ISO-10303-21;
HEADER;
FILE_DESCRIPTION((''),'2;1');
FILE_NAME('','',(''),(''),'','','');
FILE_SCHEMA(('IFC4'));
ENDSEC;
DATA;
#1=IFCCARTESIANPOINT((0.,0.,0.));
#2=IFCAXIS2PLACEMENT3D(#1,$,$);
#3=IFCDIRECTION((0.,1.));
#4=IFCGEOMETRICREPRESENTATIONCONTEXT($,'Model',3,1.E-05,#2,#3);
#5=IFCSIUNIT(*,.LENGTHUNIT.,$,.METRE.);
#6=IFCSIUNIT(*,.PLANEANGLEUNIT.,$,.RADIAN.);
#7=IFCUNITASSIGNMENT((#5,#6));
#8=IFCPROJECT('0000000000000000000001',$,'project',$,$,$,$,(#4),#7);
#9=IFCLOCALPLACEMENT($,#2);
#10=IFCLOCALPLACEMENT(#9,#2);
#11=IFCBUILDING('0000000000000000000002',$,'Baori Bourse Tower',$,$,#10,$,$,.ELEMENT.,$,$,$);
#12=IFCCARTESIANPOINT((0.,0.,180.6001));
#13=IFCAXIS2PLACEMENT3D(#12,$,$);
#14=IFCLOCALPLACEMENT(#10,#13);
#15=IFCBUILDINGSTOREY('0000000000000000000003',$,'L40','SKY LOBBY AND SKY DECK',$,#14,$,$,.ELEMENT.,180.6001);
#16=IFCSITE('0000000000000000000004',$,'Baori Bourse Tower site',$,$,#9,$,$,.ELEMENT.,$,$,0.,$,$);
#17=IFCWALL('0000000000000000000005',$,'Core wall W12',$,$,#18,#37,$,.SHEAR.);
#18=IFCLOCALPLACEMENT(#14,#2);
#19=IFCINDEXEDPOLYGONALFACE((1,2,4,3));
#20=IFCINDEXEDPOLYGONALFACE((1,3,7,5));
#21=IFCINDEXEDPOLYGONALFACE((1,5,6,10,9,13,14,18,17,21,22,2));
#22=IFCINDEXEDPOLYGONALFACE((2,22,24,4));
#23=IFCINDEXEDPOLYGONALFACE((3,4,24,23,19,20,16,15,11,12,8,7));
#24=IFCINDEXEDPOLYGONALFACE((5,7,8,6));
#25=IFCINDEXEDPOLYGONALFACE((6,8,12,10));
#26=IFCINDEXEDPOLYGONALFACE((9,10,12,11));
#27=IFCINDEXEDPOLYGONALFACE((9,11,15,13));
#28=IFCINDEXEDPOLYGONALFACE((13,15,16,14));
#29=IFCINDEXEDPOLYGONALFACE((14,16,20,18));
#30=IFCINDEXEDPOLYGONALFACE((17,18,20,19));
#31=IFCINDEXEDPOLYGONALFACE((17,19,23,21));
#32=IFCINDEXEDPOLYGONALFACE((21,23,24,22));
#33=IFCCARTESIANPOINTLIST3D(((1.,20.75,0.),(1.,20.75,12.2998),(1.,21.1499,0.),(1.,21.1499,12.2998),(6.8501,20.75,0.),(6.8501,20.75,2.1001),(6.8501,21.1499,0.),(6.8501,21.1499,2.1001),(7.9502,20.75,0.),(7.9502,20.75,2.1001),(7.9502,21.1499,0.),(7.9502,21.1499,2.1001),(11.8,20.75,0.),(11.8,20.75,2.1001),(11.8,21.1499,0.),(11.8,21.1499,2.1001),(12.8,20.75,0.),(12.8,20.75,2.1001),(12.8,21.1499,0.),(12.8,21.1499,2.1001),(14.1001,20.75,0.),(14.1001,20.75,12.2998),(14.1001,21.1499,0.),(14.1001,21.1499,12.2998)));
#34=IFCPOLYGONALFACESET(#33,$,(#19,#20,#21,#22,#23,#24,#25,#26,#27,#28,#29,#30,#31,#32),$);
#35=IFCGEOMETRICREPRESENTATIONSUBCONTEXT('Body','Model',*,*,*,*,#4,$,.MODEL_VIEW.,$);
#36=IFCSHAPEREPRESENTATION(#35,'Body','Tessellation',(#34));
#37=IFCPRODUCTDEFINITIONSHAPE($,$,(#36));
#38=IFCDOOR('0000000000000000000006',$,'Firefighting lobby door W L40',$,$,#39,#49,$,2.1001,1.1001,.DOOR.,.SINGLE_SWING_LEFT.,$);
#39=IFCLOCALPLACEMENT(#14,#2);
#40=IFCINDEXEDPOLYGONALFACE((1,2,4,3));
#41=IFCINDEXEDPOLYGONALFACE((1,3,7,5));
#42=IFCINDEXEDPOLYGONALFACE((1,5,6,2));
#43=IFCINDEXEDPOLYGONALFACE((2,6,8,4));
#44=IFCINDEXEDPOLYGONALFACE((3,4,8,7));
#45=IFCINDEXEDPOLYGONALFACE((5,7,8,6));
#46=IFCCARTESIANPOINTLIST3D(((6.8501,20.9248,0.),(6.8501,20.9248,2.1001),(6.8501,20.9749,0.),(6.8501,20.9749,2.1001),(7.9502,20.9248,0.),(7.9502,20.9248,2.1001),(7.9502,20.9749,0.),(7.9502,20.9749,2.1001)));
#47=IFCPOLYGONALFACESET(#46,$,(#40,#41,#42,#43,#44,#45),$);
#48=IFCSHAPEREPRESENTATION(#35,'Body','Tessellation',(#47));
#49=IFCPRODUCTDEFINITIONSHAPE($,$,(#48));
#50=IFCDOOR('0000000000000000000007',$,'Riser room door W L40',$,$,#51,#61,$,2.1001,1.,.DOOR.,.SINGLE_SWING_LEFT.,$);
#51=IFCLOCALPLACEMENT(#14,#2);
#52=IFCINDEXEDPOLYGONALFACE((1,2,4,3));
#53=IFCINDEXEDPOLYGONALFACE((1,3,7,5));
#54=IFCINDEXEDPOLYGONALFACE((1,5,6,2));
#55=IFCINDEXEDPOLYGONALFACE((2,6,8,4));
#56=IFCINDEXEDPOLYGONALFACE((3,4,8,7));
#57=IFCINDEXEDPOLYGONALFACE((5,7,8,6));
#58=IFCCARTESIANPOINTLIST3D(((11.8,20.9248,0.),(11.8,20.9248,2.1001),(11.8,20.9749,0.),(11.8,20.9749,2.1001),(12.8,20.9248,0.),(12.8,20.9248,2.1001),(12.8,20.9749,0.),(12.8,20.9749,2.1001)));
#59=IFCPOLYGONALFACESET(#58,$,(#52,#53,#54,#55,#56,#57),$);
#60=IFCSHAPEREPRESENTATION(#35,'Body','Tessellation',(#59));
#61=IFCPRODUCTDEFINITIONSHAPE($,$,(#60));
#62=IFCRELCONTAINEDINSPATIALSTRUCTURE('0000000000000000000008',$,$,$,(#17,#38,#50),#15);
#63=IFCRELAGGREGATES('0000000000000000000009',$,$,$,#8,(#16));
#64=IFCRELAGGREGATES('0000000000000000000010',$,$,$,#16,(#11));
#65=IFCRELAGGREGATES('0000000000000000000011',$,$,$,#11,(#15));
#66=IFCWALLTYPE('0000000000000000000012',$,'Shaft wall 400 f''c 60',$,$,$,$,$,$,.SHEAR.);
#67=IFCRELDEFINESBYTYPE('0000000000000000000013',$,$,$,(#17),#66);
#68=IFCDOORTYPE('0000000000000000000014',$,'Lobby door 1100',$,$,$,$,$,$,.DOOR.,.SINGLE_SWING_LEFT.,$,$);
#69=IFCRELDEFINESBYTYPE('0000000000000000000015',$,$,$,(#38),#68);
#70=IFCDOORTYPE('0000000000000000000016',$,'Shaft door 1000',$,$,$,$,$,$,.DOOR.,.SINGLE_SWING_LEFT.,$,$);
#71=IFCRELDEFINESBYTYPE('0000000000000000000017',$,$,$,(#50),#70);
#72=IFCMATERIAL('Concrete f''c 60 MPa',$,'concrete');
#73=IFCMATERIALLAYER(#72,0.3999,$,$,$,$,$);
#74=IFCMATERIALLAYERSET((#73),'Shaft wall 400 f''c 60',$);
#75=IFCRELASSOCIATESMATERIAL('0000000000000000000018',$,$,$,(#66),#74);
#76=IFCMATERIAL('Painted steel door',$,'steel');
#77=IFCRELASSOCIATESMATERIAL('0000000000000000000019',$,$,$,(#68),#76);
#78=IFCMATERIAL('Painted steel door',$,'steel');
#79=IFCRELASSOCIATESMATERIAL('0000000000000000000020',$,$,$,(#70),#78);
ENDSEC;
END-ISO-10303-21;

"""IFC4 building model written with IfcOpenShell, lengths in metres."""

from ifc_helpers import new_model, si_unit, direction, frame, frame_2d, origin, place, context, subcontext, project, spatial, rectangle, extrude, material, layer, layer_set, type_object, element, fill, save


model = new_model("IFC4")

# Units and contexts
model_context = context("Model", 3, precision=1e-05, world=origin(), true_north=direction((0.0, 1.0)))
body_context = subcontext(model_context, "Body", "Model", "MODEL_VIEW")
ifc_project = project(units=[si_unit("LENGTHUNIT", "METRE"), si_unit("PLANEANGLEUNIT", "RADIAN")], contexts=[model_context])

# Site, building, storey
site_placement = place(None, origin())
site = spatial("IfcSite", under=ifc_project, at=site_placement, Name="Baori Bourse Tower site", CompositionType="ELEMENT", RefElevation=0.0)
building_placement = place(site_placement, origin())
building = spatial("IfcBuilding", under=site, at=building_placement, Name="Baori Bourse Tower", CompositionType="ELEMENT")
storey_placement = place(building_placement, frame((0.0, 0.0, 180.6001)))
storey = spatial("IfcBuildingStorey", under=building, at=storey_placement, Name="L40", Description="SKY LOBBY AND SKY DECK", CompositionType="ELEMENT", Elevation=180.6001)

# Shared definitions
ifc_material_1 = material(Name="Concrete f'c 60 MPa", Category="concrete")
ifc_layer_1 = layer(ifc_material_1, 0.3999)
ifc_layer_set_1 = layer_set([ifc_layer_1], Name="Shaft wall 400 f'c 60")
wall_type_1 = type_object("IfcWallType", Name="Shaft wall 400 f'c 60", PredefinedType="SHEAR", material=ifc_layer_set_1)

# Wall, openings, doors
wall_1_placement = place(storey_placement, frame((1.0, 20.95, 0.0), z_axis=(0.0, 0.0, 1.0), x_axis=(1.0, 0.0, 0.0)))
wall_1 = element("IfcWall", 1, at=wall_1_placement, inside=storey, type_object=wall_type_1, Name="Core wall W12", PredefinedType="SHEAR", context=body_context, shape_type="SweptSolid", body=[
    extrude(rectangle(XDim=13.1001, YDim=0.3999, at=frame_2d((6.55, 0.0))), origin(), (0.0, 0.0, 1.0), 12.2998),
])
opening_1_placement = place(wall_1_placement, frame((5.8501, 0.0, 0.0)))
opening_1 = element("IfcOpeningElement", 2, at=opening_1_placement, cuts=wall_1, PredefinedType="OPENING", context=body_context, shape_type="SweptSolid", body=[
    extrude(rectangle(XDim=1.1001, YDim=2.1001, at=frame_2d((0.55, 1.05))), frame((0.0, 0.21, 0.0), z_axis=(0.0, -1.0, 0.0), x_axis=(1.0, 0.0, 0.0)), (0.0, 0.0, 1.0), 0.4199),
])
opening_2_placement = place(wall_1_placement, frame((10.8, 0.0, 0.0)))
opening_2 = element("IfcOpeningElement", 3, at=opening_2_placement, cuts=wall_1, PredefinedType="OPENING", context=body_context, shape_type="SweptSolid", body=[
    extrude(rectangle(XDim=1.0, YDim=2.1001, at=frame_2d((0.5, 1.05))), frame((0.0, 0.21, 0.0), z_axis=(0.0, -1.0, 0.0), x_axis=(1.0, 0.0, 0.0)), (0.0, 0.0, 1.0), 0.4199),
])
ifc_material_2 = material(Name="Painted steel door", Category="steel")
door_type_1 = type_object("IfcDoorType", Name="Lobby door 1100", OperationType="SINGLE_SWING_LEFT", PredefinedType="DOOR", material=ifc_material_2)
door_1_placement = place(opening_1_placement, origin())
door_1 = element("IfcDoor", 4, at=door_1_placement, inside=storey, type_object=door_type_1, Name="Firefighting lobby door W L40", OperationType="SINGLE_SWING_LEFT", OverallHeight=2.1001, OverallWidth=1.1001, PredefinedType="DOOR", context=body_context, shape_type="SweptSolid", body=[
    extrude(rectangle(XDim=1.1001, YDim=2.1001, at=frame_2d((0.55, 1.05))), frame((0.0, 0.0249, 0.0), z_axis=(0.0, -1.0, 0.0), x_axis=(1.0, 0.0, 0.0)), (0.0, 0.0, 1.0), 0.05),
])
fill(opening_1, door_1)
ifc_material_3 = material(Name="Painted steel door", Category="steel")
door_type_2 = type_object("IfcDoorType", Name="Shaft door 1000", OperationType="SINGLE_SWING_LEFT", PredefinedType="DOOR", material=ifc_material_3)
door_2_placement = place(opening_2_placement, origin())
door_2 = element("IfcDoor", 5, at=door_2_placement, inside=storey, type_object=door_type_2, Name="Riser room door W L40", OperationType="SINGLE_SWING_LEFT", OverallHeight=2.1001, OverallWidth=1.0, PredefinedType="DOOR", context=body_context, shape_type="SweptSolid", body=[
    extrude(rectangle(XDim=1.0, YDim=2.1001, at=frame_2d((0.5, 1.05))), frame((0.0, 0.0249, 0.0), z_axis=(0.0, -1.0, 0.0), x_axis=(1.0, 0.0, 0.0)), (0.0, 0.0, 1.0), 0.05),
])
fill(opening_2, door_2)

save(model, "model.ifc")
